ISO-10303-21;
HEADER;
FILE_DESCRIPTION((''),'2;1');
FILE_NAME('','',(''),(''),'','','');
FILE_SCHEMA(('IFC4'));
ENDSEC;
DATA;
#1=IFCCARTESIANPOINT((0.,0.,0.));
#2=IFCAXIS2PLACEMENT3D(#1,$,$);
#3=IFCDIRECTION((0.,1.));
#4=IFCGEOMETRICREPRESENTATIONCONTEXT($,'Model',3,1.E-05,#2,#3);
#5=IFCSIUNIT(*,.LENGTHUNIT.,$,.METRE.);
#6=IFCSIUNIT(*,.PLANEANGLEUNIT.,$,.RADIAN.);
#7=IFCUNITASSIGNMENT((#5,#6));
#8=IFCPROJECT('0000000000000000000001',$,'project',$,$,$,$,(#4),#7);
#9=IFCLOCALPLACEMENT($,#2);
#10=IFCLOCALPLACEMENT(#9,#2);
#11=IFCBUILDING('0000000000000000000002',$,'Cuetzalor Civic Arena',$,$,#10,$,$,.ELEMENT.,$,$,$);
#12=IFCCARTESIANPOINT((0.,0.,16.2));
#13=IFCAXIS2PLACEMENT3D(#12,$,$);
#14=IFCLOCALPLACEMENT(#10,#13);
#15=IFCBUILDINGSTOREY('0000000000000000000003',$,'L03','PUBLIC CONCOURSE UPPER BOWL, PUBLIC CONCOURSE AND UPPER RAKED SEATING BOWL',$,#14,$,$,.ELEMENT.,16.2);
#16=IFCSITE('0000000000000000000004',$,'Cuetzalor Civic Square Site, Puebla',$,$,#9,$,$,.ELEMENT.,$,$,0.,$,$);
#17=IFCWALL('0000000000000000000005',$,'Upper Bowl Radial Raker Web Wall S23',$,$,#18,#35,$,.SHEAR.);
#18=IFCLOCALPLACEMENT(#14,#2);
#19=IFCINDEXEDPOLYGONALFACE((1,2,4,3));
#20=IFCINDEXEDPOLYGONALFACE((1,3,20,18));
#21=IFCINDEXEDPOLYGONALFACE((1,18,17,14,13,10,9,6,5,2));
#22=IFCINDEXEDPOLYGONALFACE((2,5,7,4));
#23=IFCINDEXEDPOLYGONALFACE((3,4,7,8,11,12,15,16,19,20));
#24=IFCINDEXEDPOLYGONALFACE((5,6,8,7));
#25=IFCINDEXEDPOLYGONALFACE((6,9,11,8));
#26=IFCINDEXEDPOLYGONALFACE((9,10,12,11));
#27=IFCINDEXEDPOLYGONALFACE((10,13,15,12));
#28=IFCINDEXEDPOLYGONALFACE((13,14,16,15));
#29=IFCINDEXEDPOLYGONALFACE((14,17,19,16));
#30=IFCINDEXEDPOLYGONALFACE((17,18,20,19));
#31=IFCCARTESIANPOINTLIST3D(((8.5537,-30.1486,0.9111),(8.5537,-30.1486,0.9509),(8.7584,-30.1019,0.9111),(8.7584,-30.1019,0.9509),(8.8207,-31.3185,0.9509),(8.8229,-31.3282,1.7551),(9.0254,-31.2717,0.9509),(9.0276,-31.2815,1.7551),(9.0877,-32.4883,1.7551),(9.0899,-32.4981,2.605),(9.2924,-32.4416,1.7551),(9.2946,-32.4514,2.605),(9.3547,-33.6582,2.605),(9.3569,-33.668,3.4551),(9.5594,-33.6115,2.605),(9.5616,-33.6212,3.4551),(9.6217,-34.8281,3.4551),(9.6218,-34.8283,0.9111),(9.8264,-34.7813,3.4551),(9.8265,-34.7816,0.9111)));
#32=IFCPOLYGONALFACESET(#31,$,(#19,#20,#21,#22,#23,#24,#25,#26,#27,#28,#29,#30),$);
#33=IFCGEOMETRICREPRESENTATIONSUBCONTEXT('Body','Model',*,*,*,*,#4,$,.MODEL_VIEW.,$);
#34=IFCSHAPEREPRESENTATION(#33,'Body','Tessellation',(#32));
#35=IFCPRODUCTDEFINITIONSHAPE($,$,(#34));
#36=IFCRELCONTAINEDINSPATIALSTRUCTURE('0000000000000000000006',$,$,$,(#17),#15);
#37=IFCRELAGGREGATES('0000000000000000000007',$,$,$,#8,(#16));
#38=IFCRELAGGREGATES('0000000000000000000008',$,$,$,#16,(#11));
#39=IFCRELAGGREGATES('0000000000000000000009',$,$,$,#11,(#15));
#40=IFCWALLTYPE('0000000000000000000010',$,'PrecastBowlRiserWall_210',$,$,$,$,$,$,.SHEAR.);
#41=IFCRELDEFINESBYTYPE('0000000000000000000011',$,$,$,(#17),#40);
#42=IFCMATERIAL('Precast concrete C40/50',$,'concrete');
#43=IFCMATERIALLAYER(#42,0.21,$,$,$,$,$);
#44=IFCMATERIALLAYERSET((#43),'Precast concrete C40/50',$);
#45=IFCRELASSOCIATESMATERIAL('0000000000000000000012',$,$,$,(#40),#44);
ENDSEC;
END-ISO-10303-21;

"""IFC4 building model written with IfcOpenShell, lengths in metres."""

from ifc_helpers import new_model, si_unit, direction, frame, origin, place, context, subcontext, project, spatial, polyline, outline, extrude, material, layer, layer_set, type_object, element, save


model = new_model("IFC4")

# Units and contexts
model_context = context("Model", 3, precision=1e-05, world=origin(), true_north=direction((0.0, 1.0)))
body_context = subcontext(model_context, "Body", "Model", "MODEL_VIEW")
ifc_project = project(units=[si_unit("LENGTHUNIT", "METRE"), si_unit("PLANEANGLEUNIT", "RADIAN")], contexts=[model_context])

# Site, building, storey
site_placement = place(None, origin())
site = spatial("IfcSite", under=ifc_project, at=site_placement, Name="Cuetzalor Civic Square Site, Puebla", CompositionType="ELEMENT", RefElevation=0.0)
building_placement = place(site_placement, origin())
building = spatial("IfcBuilding", under=site, at=building_placement, Name="Cuetzalor Civic Arena", CompositionType="ELEMENT")
storey_placement = place(building_placement, frame((0.0, 0.0, 16.2)))
storey = spatial("IfcBuildingStorey", under=building, at=storey_placement, Name="L03", Description="PUBLIC CONCOURSE UPPER BOWL, PUBLIC CONCOURSE AND UPPER RAKED SEATING BOWL", CompositionType="ELEMENT", Elevation=16.2)

# Wall
ifc_material_1 = material(Name="Precast concrete C40/50", Category="concrete")
ifc_layer_1 = layer(ifc_material_1, 0.21)
ifc_layer_set_1 = layer_set([ifc_layer_1], Name="Precast concrete C40/50")
wall_type = type_object("IfcWallType", Name="PrecastBowlRiserWall_210", PredefinedType="SHEAR", material=ifc_layer_set_1)
wall_1_placement = place(storey_placement, frame((8.656, -30.1252, 0.9111), z_axis=(0.0, 0.0, 1.0), x_axis=(0.222522, -0.974928, 0.0)))
element("IfcWall", 1, at=wall_1_placement, inside=storey, type_object=wall_type, Name="Upper Bowl Radial Raker Web Wall S23", PredefinedType="SHEAR", context=body_context, shape_type="SweptSolid", body=[
    extrude(outline(polyline([(0.0, 0.0), (4.8, 0.0), (4.7998, 2.5439), (3.6099, 2.5439), (3.5999, 1.6938), (2.4099, 1.6938), (2.3999, 0.844), (1.21, 0.844), (1.2, 0.0398), (0.0, 0.0398), (0.0, 0.0)])), frame((0.0, 0.105, 0.0), z_axis=(0.0, -1.0, 0.0), x_axis=(1.0, 0.0, 0.0)), (0.0, 0.0, 1.0), 0.21),
])

save(model, "model.ifc")
